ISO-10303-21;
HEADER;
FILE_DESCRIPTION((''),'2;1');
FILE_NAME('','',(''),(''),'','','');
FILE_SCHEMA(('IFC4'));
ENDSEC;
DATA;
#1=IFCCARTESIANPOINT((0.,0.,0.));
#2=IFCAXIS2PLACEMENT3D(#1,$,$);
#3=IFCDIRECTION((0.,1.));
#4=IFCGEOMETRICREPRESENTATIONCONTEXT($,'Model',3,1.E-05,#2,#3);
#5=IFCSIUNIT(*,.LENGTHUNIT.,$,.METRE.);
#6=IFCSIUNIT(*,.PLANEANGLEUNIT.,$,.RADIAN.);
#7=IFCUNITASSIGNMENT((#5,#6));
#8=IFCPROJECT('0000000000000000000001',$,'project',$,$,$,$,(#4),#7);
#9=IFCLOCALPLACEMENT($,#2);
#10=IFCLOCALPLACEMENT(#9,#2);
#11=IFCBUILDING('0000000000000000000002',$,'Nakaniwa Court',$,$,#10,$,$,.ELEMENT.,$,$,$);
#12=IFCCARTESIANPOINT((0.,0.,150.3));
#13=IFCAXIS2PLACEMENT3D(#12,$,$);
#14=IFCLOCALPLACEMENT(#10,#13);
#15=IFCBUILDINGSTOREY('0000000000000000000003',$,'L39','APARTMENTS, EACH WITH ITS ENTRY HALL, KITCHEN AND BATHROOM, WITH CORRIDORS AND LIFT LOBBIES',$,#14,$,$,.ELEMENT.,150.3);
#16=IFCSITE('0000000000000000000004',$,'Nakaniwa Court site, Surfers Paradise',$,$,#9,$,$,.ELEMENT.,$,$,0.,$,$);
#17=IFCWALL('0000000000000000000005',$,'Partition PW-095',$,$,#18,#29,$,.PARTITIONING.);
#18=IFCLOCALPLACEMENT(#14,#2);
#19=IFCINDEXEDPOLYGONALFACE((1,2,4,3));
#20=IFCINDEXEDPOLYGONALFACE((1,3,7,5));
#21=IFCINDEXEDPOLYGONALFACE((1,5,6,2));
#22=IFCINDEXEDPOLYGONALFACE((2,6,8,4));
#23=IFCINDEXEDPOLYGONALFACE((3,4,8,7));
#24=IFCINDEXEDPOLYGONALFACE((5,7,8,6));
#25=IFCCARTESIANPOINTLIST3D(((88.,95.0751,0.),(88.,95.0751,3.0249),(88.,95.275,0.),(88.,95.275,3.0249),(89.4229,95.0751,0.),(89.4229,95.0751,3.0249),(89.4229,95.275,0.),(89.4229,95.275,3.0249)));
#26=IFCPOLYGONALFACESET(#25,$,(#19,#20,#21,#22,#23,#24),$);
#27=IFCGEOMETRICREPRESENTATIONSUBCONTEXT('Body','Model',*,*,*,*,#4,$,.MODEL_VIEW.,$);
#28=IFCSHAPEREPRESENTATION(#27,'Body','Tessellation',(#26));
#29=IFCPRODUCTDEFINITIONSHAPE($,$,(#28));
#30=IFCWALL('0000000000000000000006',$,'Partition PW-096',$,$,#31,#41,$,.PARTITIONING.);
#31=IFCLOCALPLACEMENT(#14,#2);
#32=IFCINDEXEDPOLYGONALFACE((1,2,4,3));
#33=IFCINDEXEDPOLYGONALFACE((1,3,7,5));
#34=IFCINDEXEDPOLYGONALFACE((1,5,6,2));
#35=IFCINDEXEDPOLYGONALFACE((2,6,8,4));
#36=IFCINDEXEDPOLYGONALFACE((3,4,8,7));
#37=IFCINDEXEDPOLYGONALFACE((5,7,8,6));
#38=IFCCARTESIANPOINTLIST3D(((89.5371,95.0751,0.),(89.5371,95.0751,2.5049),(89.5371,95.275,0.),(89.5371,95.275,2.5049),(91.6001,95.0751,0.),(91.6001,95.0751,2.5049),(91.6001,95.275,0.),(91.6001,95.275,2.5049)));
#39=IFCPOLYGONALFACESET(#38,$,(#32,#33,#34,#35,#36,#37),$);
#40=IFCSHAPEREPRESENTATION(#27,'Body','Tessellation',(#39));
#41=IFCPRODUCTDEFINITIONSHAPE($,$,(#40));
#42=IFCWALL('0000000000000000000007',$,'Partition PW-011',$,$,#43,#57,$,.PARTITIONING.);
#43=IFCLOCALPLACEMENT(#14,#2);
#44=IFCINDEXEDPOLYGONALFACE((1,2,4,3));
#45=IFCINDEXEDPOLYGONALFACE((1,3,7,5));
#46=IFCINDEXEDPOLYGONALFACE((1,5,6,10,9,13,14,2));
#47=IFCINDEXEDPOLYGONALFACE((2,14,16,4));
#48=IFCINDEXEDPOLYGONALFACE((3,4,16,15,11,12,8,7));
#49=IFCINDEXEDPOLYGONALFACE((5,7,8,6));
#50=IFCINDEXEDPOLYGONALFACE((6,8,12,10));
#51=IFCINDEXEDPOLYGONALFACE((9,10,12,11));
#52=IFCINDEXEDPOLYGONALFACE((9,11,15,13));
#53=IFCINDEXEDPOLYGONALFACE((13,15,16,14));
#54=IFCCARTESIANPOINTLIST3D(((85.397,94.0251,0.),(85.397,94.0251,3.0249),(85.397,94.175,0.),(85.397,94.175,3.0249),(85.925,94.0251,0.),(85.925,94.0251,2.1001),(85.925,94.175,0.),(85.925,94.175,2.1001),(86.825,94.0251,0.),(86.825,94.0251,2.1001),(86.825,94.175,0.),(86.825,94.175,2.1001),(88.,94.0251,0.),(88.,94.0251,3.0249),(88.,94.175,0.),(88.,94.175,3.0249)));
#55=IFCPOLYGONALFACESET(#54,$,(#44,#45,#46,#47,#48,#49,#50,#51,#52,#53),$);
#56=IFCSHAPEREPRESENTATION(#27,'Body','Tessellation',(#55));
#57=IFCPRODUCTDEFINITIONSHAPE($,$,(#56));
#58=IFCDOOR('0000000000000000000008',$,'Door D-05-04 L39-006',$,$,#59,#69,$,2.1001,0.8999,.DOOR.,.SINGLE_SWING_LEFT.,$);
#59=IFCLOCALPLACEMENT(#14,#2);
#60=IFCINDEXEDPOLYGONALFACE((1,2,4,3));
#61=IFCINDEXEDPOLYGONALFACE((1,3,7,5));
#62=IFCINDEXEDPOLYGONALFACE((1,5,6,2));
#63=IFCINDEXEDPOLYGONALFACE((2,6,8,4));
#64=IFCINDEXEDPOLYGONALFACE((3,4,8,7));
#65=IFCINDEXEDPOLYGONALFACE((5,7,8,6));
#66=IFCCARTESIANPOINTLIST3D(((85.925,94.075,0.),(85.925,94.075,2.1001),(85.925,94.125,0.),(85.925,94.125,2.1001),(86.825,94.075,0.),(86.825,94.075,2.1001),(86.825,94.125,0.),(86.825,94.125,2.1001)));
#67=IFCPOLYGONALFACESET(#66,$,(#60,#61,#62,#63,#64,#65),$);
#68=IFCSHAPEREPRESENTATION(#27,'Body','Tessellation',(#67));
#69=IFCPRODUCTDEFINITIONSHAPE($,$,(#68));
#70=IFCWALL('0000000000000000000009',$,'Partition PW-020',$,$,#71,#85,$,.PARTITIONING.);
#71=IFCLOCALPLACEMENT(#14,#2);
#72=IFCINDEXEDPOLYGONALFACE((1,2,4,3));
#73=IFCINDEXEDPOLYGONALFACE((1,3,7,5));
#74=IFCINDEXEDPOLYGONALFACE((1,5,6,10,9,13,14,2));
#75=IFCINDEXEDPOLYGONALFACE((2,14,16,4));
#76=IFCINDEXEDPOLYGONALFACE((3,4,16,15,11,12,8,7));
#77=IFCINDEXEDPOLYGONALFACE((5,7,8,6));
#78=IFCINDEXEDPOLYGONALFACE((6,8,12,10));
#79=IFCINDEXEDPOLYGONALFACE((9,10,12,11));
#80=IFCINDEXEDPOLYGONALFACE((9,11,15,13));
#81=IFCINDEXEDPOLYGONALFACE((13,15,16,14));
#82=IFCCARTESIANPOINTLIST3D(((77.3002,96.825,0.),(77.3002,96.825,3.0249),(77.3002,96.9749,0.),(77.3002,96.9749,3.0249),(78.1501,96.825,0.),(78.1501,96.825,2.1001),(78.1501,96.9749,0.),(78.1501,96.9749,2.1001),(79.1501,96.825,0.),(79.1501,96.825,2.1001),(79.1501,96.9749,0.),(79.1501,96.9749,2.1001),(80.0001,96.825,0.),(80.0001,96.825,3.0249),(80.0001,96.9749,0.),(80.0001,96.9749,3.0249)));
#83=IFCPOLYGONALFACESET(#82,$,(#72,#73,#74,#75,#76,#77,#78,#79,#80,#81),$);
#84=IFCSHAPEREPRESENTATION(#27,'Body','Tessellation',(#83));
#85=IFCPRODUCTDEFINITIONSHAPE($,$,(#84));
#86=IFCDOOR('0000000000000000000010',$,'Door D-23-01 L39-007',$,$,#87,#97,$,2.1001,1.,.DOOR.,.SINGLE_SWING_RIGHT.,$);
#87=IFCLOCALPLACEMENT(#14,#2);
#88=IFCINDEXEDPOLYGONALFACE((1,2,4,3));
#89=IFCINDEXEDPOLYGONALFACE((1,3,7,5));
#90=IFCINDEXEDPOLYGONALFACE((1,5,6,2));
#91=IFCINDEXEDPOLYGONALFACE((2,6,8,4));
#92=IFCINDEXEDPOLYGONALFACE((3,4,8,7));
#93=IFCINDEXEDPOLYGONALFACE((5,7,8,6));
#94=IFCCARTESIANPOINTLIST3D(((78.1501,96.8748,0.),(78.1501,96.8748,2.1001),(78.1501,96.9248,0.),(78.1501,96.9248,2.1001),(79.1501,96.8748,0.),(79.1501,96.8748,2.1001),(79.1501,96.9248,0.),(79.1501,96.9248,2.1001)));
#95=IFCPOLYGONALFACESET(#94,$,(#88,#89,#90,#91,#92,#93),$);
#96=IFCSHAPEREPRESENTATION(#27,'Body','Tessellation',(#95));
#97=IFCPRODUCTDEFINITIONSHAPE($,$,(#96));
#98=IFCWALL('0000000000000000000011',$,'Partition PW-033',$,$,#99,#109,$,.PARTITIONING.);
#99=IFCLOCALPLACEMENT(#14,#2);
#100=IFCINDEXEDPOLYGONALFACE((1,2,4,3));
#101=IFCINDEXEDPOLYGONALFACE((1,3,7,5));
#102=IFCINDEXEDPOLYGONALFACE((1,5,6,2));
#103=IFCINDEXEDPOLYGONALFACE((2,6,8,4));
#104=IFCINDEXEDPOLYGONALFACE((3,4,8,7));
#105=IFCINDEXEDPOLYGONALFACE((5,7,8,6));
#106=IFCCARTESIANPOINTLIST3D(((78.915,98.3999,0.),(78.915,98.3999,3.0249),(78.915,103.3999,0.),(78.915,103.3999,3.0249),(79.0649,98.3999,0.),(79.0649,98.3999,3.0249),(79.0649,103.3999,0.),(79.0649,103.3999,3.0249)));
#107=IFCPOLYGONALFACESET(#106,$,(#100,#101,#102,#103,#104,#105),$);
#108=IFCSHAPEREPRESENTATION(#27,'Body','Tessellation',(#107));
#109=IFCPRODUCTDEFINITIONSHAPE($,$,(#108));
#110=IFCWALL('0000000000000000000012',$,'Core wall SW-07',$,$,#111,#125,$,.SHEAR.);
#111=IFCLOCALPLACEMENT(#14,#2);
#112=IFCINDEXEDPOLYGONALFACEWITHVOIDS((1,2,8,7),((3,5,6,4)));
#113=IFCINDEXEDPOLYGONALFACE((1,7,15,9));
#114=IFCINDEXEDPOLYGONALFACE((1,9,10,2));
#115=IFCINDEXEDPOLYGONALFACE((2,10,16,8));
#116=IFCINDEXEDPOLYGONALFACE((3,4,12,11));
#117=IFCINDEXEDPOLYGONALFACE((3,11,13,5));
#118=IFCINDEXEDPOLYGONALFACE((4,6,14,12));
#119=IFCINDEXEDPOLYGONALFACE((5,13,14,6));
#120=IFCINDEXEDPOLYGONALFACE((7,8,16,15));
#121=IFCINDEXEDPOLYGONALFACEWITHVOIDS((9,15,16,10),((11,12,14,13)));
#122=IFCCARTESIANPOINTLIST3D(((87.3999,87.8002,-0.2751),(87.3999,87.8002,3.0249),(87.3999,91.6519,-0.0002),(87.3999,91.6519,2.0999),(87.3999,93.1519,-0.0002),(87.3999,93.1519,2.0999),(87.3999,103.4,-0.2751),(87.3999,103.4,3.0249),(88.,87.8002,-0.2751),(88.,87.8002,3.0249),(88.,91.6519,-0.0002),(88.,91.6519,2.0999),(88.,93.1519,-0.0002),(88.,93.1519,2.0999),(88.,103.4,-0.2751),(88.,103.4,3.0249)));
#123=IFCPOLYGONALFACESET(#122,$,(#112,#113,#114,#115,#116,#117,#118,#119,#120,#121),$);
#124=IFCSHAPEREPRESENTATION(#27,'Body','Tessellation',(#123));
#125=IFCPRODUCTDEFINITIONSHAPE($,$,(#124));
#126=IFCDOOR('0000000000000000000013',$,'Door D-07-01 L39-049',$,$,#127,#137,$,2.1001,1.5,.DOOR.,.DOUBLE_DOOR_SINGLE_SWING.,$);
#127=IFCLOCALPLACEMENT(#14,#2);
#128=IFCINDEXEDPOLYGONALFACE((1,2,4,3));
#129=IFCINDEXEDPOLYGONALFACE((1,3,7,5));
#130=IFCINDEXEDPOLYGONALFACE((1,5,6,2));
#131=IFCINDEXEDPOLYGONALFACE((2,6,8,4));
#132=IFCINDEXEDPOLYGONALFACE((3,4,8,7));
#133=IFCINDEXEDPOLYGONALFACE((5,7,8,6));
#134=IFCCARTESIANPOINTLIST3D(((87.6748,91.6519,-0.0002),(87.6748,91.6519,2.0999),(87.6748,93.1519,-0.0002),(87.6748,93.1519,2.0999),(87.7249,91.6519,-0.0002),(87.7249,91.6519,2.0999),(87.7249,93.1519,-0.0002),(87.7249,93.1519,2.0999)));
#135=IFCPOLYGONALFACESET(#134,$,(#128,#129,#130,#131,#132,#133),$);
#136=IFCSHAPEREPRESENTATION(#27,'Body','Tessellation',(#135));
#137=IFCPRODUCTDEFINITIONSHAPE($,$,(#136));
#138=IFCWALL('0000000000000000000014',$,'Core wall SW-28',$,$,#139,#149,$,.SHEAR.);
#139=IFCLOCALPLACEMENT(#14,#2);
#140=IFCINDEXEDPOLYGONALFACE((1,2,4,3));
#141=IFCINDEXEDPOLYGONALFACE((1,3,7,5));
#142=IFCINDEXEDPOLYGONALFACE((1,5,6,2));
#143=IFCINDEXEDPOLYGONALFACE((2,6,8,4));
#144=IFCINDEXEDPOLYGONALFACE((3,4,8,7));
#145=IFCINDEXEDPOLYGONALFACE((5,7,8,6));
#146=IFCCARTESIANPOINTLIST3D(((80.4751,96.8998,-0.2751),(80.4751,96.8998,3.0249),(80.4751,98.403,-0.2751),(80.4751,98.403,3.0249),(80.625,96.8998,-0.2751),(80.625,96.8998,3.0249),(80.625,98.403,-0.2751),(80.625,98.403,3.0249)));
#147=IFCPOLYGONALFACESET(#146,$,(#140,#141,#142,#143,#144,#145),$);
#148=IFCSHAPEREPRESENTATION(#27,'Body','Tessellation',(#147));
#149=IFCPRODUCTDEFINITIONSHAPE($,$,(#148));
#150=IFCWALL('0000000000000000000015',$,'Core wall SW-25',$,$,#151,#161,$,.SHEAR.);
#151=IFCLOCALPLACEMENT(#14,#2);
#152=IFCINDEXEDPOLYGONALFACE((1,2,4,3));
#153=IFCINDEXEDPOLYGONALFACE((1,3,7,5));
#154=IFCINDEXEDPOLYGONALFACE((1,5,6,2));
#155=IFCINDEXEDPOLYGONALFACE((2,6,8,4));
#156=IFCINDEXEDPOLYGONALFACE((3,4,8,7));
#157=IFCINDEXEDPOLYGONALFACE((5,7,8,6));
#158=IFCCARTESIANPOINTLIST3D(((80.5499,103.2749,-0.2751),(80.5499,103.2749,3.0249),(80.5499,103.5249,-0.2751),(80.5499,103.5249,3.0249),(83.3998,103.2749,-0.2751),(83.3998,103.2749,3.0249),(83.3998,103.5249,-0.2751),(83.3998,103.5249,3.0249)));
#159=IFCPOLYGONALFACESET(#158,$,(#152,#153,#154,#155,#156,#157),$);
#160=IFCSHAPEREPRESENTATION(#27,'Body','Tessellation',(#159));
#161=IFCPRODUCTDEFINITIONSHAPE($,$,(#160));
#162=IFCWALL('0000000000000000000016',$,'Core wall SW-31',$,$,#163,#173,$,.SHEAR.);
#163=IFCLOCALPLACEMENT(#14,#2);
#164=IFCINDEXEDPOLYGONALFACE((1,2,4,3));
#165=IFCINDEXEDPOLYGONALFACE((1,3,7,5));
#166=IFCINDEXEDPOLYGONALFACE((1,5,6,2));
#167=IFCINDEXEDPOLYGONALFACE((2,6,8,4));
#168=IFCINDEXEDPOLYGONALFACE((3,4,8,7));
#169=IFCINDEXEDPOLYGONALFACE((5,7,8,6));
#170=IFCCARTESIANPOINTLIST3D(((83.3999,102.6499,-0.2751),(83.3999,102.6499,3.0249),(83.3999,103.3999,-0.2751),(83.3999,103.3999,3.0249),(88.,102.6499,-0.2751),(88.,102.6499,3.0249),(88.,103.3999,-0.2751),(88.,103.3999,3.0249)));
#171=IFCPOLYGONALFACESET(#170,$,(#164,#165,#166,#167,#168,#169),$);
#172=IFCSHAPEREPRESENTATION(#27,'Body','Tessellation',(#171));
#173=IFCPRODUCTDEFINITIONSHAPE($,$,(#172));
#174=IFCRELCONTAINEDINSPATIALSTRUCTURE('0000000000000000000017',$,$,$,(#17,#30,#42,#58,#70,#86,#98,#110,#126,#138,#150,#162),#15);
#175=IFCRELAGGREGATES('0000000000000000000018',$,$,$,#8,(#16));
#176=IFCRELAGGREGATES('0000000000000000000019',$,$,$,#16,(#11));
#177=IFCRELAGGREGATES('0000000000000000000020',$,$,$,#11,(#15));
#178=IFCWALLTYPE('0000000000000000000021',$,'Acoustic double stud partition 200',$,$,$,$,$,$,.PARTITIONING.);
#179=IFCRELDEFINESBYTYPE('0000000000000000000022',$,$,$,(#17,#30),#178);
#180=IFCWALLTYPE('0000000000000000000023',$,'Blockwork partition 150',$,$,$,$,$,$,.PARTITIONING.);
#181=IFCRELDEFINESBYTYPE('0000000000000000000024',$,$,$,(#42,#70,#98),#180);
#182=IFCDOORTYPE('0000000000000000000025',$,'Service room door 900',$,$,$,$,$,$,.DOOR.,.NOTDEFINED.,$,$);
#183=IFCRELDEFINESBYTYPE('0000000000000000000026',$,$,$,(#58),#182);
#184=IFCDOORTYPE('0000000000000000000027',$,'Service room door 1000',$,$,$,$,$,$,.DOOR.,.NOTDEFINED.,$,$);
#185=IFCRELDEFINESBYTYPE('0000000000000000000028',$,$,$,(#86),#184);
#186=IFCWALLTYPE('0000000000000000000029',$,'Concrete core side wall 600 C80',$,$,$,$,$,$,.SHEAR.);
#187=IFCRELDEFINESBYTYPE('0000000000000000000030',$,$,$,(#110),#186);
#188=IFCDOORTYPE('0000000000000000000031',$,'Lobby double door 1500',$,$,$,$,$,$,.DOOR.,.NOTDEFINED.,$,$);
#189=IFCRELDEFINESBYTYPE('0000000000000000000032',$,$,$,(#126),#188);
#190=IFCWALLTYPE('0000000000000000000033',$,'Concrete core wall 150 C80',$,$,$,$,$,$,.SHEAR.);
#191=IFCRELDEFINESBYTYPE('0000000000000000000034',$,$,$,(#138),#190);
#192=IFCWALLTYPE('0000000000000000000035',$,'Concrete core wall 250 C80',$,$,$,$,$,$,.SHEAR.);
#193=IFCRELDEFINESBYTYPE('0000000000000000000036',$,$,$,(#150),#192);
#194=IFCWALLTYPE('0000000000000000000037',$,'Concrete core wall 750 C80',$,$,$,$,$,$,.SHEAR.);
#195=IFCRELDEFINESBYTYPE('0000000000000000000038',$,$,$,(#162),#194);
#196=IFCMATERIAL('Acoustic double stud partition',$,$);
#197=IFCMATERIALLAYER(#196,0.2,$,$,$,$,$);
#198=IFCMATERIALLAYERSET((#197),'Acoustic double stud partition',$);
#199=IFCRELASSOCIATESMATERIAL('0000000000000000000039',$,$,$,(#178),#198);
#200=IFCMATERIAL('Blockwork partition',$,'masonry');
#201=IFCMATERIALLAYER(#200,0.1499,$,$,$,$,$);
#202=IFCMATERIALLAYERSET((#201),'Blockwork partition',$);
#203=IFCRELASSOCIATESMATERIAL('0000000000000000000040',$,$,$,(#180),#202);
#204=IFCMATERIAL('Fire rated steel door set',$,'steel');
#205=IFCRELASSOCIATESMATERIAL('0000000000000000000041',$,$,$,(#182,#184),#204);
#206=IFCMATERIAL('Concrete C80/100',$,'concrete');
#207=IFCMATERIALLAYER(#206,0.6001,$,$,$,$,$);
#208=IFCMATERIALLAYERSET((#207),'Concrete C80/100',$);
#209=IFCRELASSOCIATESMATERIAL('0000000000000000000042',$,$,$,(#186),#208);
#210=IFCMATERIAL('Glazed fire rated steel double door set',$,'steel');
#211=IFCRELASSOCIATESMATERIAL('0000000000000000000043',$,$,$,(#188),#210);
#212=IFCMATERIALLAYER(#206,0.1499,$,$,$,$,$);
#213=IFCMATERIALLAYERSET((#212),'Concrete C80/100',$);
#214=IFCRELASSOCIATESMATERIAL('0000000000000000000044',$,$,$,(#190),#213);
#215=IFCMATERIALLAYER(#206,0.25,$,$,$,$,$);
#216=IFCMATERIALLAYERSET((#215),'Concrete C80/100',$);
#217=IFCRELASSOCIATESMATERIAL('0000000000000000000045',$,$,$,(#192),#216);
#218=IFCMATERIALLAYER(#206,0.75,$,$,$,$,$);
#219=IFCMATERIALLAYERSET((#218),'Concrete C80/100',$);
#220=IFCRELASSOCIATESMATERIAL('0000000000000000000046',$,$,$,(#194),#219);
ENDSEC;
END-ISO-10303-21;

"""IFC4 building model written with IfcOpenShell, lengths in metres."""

from ifc_helpers import new_model, si_unit, direction, frame, frame_2d, origin, place, context, subcontext, project, spatial, rectangle, extrude, material, layer, layer_set, type_object, element, fill, save


model = new_model("IFC4")

# Units and contexts
model_context = context("Model", 3, precision=1e-05, world=origin(), true_north=direction((0.0, 1.0)))
body_context = subcontext(model_context, "Body", "Model", "MODEL_VIEW")
ifc_project = project(units=[si_unit("LENGTHUNIT", "METRE"), si_unit("PLANEANGLEUNIT", "RADIAN")], contexts=[model_context])

# Site, building, storey
site_placement = place(None, origin())
site = spatial("IfcSite", under=ifc_project, at=site_placement, Name="Nakaniwa Court site, Surfers Paradise", CompositionType="ELEMENT", RefElevation=0.0)
building_placement = place(site_placement, origin())
building = spatial("IfcBuilding", under=site, at=building_placement, Name="Nakaniwa Court", CompositionType="ELEMENT")
storey_placement = place(building_placement, frame((0.0, 0.0, 150.3)))
storey = spatial("IfcBuildingStorey", under=building, at=storey_placement, Name="L39", Description="APARTMENTS, EACH WITH ITS ENTRY HALL, KITCHEN AND BATHROOM, WITH CORRIDORS AND LIFT LOBBIES", CompositionType="ELEMENT", Elevation=150.3)

# Walls
ifc_material_1 = material(Name="Acoustic double stud partition")
ifc_layer_1 = layer(ifc_material_1, 0.2)
ifc_layer_set_1 = layer_set([ifc_layer_1], Name="Acoustic double stud partition")
wall_type_1 = type_object("IfcWallType", Name="Acoustic double stud partition 200", PredefinedType="PARTITIONING", material=ifc_layer_set_1)
wall_1_placement = place(storey_placement, frame((88.0, 95.175, 0.0), z_axis=(0.0, 0.0, 1.0), x_axis=(1.0, 0.0, 0.0)))
element("IfcWall", 1, at=wall_1_placement, inside=storey, type_object=wall_type_1, Name="Partition PW-095", PredefinedType="PARTITIONING", context=body_context, shape_type="SweptSolid", body=[
    extrude(rectangle(XDim=1.4229, YDim=0.2, at=frame_2d((0.7114, 0.0))), origin(), (0.0, 0.0, 1.0), 3.0249),
])
wall_2_placement = place(storey_placement, frame((89.5371, 95.175, 0.0), z_axis=(0.0, 0.0, 1.0), x_axis=(1.0, 0.0, 0.0)))
element("IfcWall", 2, at=wall_2_placement, inside=storey, type_object=wall_type_1, Name="Partition PW-096", PredefinedType="PARTITIONING", context=body_context, shape_type="SweptSolid", body=[
    extrude(rectangle(XDim=2.063, YDim=0.2, at=frame_2d((1.0315, 0.0))), origin(), (0.0, 0.0, 1.0), 2.5049),
])

# Walls, openings, doors
ifc_material_2 = material(Name="Blockwork partition", Category="masonry")
ifc_layer_2 = layer(ifc_material_2, 0.1499)
ifc_layer_set_2 = layer_set([ifc_layer_2], Name="Blockwork partition")
wall_type_2 = type_object("IfcWallType", Name="Blockwork partition 150", PredefinedType="PARTITIONING", material=ifc_layer_set_2)
wall_3_placement = place(storey_placement, frame((85.397, 94.1001, 0.0), z_axis=(0.0, 0.0, 1.0), x_axis=(1.0, 0.0, 0.0)))
wall_3 = element("IfcWall", 3, at=wall_3_placement, inside=storey, type_object=wall_type_2, Name="Partition PW-011", PredefinedType="PARTITIONING", context=body_context, shape_type="SweptSolid", body=[
    extrude(rectangle(XDim=2.603, YDim=0.1499, at=frame_2d((1.3015, 0.0))), origin(), (0.0, 0.0, 1.0), 3.0249),
])
opening_1_placement = place(wall_3_placement, frame((0.5281, 0.0, 0.0)))
opening_1 = element("IfcOpeningElement", 4, at=opening_1_placement, cuts=wall_3, PredefinedType="OPENING", context=body_context, shape_type="SweptSolid", body=[
    extrude(rectangle(XDim=0.8999, YDim=2.1001, at=frame_2d((0.45, 1.05))), frame((0.0, 0.085, 0.0), z_axis=(0.0, -1.0, 0.0), x_axis=(1.0, 0.0, 0.0)), (0.0, 0.0, 1.0), 0.1699),
])
ifc_material_3 = material(Name="Fire rated steel door set", Category="steel")
door_type_1 = type_object("IfcDoorType", Name="Service room door 900", OperationType="NOTDEFINED", PredefinedType="DOOR", material=ifc_material_3)
door_1_placement = place(opening_1_placement, origin())
door_1 = element("IfcDoor", 5, at=door_1_placement, inside=storey, type_object=door_type_1, Name="Door D-05-04 L39-006", OperationType="SINGLE_SWING_LEFT", OverallHeight=2.1001, OverallWidth=0.8999, PredefinedType="DOOR", context=body_context, shape_type="SweptSolid", body=[
    extrude(rectangle(XDim=0.8999, YDim=2.1001, at=frame_2d((0.45, 1.05))), frame((0.0, 0.0249, 0.0), z_axis=(0.0, -1.0, 0.0), x_axis=(1.0, 0.0, 0.0)), (0.0, 0.0, 1.0), 0.05),
])
fill(opening_1, door_1)
wall_4_placement = place(storey_placement, frame((77.3, 96.8999, 0.0), z_axis=(0.0, 0.0, 1.0), x_axis=(1.0, 0.0, 0.0)))
wall_4 = element("IfcWall", 6, at=wall_4_placement, inside=storey, type_object=wall_type_2, Name="Partition PW-020", PredefinedType="PARTITIONING", context=body_context, shape_type="SweptSolid", body=[
    extrude(rectangle(XDim=2.7, YDim=0.1499, at=frame_2d((1.3501, 0.0))), origin(), (0.0, 0.0, 1.0), 3.0249),
])
opening_2_placement = place(wall_4_placement, frame((0.8501, 0.0, 0.0)))
opening_2 = element("IfcOpeningElement", 7, at=opening_2_placement, cuts=wall_4, PredefinedType="OPENING", context=body_context, shape_type="SweptSolid", body=[
    extrude(rectangle(XDim=1.0, YDim=2.1001, at=frame_2d((0.5, 1.05))), frame((0.0, 0.085, 0.0), z_axis=(0.0, -1.0, 0.0), x_axis=(1.0, 0.0, 0.0)), (0.0, 0.0, 1.0), 0.1699),
])
door_type_2 = type_object("IfcDoorType", Name="Service room door 1000", OperationType="NOTDEFINED", PredefinedType="DOOR", material=ifc_material_3)
door_2_placement = place(opening_2_placement, origin())
door_2 = element("IfcDoor", 8, at=door_2_placement, inside=storey, type_object=door_type_2, Name="Door D-23-01 L39-007", OperationType="SINGLE_SWING_RIGHT", OverallHeight=2.1001, OverallWidth=1.0, PredefinedType="DOOR", context=body_context, shape_type="SweptSolid", body=[
    extrude(rectangle(XDim=1.0, YDim=2.1001, at=frame_2d((0.5, 1.05))), frame((0.0, 0.0249, 0.0), z_axis=(0.0, -1.0, 0.0), x_axis=(1.0, 0.0, 0.0)), (0.0, 0.0, 1.0), 0.05),
])
fill(opening_2, door_2)

# Wall
wall_5_placement = place(storey_placement, frame((78.99, 98.3999, 0.0), z_axis=(0.0, 0.0, 1.0), x_axis=(0.0, 1.0, 0.0)))
element("IfcWall", 9, at=wall_5_placement, inside=storey, type_object=wall_type_2, Name="Partition PW-033", PredefinedType="PARTITIONING", context=body_context, shape_type="SweptSolid", body=[
    extrude(rectangle(XDim=5.0, YDim=0.1499, at=frame_2d((2.5, 0.0))), origin(), (0.0, 0.0, 1.0), 3.0249),
])

# Wall, opening, door
ifc_material_4 = material(Name="Concrete C80/100", Category="concrete")
ifc_layer_3 = layer(ifc_material_4, 0.6001)
ifc_layer_set_3 = layer_set([ifc_layer_3], Name="Concrete C80/100")
wall_type_3 = type_object("IfcWallType", Name="Concrete core side wall 600 C80", PredefinedType="SHEAR", material=ifc_layer_set_3)
wall_6_placement = place(storey_placement, frame((87.7, 103.3999, -0.2751), z_axis=(0.0, 0.0, 1.0), x_axis=(0.0, -1.0, 0.0)))
wall_6 = element("IfcWall", 10, at=wall_6_placement, inside=storey, type_object=wall_type_3, Name="Core wall SW-07", PredefinedType="SHEAR", context=body_context, shape_type="SweptSolid", body=[
    extrude(rectangle(XDim=15.5999, YDim=0.6001, at=frame_2d((7.7998, 0.0))), origin(), (0.0, 0.0, 1.0), 3.3),
])
opening_3_placement = place(wall_6_placement, frame((10.248, 0.0, 0.2749)))
opening_3 = element("IfcOpeningElement", 11, at=opening_3_placement, cuts=wall_6, PredefinedType="OPENING", context=body_context, shape_type="SweptSolid", body=[
    extrude(rectangle(XDim=1.5, YDim=2.1001, at=frame_2d((0.75, 1.05))), frame((0.0, 0.3101, 0.0), z_axis=(0.0, -1.0, 0.0), x_axis=(1.0, 0.0, 0.0)), (0.0, 0.0, 1.0), 0.6201),
])
ifc_material_5 = material(Name="Glazed fire rated steel double door set", Category="steel")
door_type_3 = type_object("IfcDoorType", Name="Lobby double door 1500", OperationType="NOTDEFINED", PredefinedType="DOOR", material=ifc_material_5)
door_3_placement = place(opening_3_placement, origin())
door_3 = element("IfcDoor", 12, at=door_3_placement, inside=storey, type_object=door_type_3, Name="Door D-07-01 L39-049", OperationType="DOUBLE_DOOR_SINGLE_SWING", OverallHeight=2.1001, OverallWidth=1.5, PredefinedType="DOOR", context=body_context, shape_type="SweptSolid", body=[
    extrude(rectangle(XDim=1.5, YDim=2.1001, at=frame_2d((0.75, 1.05))), frame((0.0, 0.0249, 0.0), z_axis=(0.0, -1.0, 0.0), x_axis=(1.0, 0.0, 0.0)), (0.0, 0.0, 1.0), 0.05),
])
fill(opening_3, door_3)

# Walls
ifc_layer_4 = layer(ifc_material_4, 0.1499)
ifc_layer_set_4 = layer_set([ifc_layer_4], Name="Concrete C80/100")
wall_type_4 = type_object("IfcWallType", Name="Concrete core wall 150 C80", PredefinedType="SHEAR", material=ifc_layer_set_4)
wall_7_placement = place(storey_placement, frame((80.55, 96.8999, -0.2751), z_axis=(0.0, 0.0, 1.0), x_axis=(0.0, 1.0, 0.0)))
element("IfcWall", 13, at=wall_7_placement, inside=storey, type_object=wall_type_4, Name="Core wall SW-28", PredefinedType="SHEAR", context=body_context, shape_type="SweptSolid", body=[
    extrude(rectangle(XDim=1.5032, YDim=0.1499, at=frame_2d((0.7515, 0.0))), origin(), (0.0, 0.0, 1.0), 3.3),
])
ifc_layer_5 = layer(ifc_material_4, 0.25)
ifc_layer_set_5 = layer_set([ifc_layer_5], Name="Concrete C80/100")
wall_type_5 = type_object("IfcWallType", Name="Concrete core wall 250 C80", PredefinedType="SHEAR", material=ifc_layer_set_5)
wall_8_placement = place(storey_placement, frame((80.55, 103.3999, -0.2751), z_axis=(0.0, 0.0, 1.0), x_axis=(1.0, 0.0, 0.0)))
element("IfcWall", 14, at=wall_8_placement, inside=storey, type_object=wall_type_5, Name="Core wall SW-25", PredefinedType="SHEAR", context=body_context, shape_type="SweptSolid", body=[
    extrude(rectangle(XDim=2.8499, YDim=0.25, at=frame_2d((1.4248, 0.0))), origin(), (0.0, 0.0, 1.0), 3.3),
])
ifc_layer_6 = layer(ifc_material_4, 0.75)
ifc_layer_set_6 = layer_set([ifc_layer_6], Name="Concrete C80/100")
wall_type_6 = type_object("IfcWallType", Name="Concrete core wall 750 C80", PredefinedType="SHEAR", material=ifc_layer_set_6)
wall_9_placement = place(storey_placement, frame((83.3999, 103.0249, -0.2751), z_axis=(0.0, 0.0, 1.0), x_axis=(1.0, 0.0, 0.0)))
element("IfcWall", 15, at=wall_9_placement, inside=storey, type_object=wall_type_6, Name="Core wall SW-31", PredefinedType="SHEAR", context=body_context, shape_type="SweptSolid", body=[
    extrude(rectangle(XDim=4.6001, YDim=0.75, at=frame_2d((2.3, 0.0))), origin(), (0.0, 0.0, 1.0), 3.3),
])

save(model, "model.ifc")
